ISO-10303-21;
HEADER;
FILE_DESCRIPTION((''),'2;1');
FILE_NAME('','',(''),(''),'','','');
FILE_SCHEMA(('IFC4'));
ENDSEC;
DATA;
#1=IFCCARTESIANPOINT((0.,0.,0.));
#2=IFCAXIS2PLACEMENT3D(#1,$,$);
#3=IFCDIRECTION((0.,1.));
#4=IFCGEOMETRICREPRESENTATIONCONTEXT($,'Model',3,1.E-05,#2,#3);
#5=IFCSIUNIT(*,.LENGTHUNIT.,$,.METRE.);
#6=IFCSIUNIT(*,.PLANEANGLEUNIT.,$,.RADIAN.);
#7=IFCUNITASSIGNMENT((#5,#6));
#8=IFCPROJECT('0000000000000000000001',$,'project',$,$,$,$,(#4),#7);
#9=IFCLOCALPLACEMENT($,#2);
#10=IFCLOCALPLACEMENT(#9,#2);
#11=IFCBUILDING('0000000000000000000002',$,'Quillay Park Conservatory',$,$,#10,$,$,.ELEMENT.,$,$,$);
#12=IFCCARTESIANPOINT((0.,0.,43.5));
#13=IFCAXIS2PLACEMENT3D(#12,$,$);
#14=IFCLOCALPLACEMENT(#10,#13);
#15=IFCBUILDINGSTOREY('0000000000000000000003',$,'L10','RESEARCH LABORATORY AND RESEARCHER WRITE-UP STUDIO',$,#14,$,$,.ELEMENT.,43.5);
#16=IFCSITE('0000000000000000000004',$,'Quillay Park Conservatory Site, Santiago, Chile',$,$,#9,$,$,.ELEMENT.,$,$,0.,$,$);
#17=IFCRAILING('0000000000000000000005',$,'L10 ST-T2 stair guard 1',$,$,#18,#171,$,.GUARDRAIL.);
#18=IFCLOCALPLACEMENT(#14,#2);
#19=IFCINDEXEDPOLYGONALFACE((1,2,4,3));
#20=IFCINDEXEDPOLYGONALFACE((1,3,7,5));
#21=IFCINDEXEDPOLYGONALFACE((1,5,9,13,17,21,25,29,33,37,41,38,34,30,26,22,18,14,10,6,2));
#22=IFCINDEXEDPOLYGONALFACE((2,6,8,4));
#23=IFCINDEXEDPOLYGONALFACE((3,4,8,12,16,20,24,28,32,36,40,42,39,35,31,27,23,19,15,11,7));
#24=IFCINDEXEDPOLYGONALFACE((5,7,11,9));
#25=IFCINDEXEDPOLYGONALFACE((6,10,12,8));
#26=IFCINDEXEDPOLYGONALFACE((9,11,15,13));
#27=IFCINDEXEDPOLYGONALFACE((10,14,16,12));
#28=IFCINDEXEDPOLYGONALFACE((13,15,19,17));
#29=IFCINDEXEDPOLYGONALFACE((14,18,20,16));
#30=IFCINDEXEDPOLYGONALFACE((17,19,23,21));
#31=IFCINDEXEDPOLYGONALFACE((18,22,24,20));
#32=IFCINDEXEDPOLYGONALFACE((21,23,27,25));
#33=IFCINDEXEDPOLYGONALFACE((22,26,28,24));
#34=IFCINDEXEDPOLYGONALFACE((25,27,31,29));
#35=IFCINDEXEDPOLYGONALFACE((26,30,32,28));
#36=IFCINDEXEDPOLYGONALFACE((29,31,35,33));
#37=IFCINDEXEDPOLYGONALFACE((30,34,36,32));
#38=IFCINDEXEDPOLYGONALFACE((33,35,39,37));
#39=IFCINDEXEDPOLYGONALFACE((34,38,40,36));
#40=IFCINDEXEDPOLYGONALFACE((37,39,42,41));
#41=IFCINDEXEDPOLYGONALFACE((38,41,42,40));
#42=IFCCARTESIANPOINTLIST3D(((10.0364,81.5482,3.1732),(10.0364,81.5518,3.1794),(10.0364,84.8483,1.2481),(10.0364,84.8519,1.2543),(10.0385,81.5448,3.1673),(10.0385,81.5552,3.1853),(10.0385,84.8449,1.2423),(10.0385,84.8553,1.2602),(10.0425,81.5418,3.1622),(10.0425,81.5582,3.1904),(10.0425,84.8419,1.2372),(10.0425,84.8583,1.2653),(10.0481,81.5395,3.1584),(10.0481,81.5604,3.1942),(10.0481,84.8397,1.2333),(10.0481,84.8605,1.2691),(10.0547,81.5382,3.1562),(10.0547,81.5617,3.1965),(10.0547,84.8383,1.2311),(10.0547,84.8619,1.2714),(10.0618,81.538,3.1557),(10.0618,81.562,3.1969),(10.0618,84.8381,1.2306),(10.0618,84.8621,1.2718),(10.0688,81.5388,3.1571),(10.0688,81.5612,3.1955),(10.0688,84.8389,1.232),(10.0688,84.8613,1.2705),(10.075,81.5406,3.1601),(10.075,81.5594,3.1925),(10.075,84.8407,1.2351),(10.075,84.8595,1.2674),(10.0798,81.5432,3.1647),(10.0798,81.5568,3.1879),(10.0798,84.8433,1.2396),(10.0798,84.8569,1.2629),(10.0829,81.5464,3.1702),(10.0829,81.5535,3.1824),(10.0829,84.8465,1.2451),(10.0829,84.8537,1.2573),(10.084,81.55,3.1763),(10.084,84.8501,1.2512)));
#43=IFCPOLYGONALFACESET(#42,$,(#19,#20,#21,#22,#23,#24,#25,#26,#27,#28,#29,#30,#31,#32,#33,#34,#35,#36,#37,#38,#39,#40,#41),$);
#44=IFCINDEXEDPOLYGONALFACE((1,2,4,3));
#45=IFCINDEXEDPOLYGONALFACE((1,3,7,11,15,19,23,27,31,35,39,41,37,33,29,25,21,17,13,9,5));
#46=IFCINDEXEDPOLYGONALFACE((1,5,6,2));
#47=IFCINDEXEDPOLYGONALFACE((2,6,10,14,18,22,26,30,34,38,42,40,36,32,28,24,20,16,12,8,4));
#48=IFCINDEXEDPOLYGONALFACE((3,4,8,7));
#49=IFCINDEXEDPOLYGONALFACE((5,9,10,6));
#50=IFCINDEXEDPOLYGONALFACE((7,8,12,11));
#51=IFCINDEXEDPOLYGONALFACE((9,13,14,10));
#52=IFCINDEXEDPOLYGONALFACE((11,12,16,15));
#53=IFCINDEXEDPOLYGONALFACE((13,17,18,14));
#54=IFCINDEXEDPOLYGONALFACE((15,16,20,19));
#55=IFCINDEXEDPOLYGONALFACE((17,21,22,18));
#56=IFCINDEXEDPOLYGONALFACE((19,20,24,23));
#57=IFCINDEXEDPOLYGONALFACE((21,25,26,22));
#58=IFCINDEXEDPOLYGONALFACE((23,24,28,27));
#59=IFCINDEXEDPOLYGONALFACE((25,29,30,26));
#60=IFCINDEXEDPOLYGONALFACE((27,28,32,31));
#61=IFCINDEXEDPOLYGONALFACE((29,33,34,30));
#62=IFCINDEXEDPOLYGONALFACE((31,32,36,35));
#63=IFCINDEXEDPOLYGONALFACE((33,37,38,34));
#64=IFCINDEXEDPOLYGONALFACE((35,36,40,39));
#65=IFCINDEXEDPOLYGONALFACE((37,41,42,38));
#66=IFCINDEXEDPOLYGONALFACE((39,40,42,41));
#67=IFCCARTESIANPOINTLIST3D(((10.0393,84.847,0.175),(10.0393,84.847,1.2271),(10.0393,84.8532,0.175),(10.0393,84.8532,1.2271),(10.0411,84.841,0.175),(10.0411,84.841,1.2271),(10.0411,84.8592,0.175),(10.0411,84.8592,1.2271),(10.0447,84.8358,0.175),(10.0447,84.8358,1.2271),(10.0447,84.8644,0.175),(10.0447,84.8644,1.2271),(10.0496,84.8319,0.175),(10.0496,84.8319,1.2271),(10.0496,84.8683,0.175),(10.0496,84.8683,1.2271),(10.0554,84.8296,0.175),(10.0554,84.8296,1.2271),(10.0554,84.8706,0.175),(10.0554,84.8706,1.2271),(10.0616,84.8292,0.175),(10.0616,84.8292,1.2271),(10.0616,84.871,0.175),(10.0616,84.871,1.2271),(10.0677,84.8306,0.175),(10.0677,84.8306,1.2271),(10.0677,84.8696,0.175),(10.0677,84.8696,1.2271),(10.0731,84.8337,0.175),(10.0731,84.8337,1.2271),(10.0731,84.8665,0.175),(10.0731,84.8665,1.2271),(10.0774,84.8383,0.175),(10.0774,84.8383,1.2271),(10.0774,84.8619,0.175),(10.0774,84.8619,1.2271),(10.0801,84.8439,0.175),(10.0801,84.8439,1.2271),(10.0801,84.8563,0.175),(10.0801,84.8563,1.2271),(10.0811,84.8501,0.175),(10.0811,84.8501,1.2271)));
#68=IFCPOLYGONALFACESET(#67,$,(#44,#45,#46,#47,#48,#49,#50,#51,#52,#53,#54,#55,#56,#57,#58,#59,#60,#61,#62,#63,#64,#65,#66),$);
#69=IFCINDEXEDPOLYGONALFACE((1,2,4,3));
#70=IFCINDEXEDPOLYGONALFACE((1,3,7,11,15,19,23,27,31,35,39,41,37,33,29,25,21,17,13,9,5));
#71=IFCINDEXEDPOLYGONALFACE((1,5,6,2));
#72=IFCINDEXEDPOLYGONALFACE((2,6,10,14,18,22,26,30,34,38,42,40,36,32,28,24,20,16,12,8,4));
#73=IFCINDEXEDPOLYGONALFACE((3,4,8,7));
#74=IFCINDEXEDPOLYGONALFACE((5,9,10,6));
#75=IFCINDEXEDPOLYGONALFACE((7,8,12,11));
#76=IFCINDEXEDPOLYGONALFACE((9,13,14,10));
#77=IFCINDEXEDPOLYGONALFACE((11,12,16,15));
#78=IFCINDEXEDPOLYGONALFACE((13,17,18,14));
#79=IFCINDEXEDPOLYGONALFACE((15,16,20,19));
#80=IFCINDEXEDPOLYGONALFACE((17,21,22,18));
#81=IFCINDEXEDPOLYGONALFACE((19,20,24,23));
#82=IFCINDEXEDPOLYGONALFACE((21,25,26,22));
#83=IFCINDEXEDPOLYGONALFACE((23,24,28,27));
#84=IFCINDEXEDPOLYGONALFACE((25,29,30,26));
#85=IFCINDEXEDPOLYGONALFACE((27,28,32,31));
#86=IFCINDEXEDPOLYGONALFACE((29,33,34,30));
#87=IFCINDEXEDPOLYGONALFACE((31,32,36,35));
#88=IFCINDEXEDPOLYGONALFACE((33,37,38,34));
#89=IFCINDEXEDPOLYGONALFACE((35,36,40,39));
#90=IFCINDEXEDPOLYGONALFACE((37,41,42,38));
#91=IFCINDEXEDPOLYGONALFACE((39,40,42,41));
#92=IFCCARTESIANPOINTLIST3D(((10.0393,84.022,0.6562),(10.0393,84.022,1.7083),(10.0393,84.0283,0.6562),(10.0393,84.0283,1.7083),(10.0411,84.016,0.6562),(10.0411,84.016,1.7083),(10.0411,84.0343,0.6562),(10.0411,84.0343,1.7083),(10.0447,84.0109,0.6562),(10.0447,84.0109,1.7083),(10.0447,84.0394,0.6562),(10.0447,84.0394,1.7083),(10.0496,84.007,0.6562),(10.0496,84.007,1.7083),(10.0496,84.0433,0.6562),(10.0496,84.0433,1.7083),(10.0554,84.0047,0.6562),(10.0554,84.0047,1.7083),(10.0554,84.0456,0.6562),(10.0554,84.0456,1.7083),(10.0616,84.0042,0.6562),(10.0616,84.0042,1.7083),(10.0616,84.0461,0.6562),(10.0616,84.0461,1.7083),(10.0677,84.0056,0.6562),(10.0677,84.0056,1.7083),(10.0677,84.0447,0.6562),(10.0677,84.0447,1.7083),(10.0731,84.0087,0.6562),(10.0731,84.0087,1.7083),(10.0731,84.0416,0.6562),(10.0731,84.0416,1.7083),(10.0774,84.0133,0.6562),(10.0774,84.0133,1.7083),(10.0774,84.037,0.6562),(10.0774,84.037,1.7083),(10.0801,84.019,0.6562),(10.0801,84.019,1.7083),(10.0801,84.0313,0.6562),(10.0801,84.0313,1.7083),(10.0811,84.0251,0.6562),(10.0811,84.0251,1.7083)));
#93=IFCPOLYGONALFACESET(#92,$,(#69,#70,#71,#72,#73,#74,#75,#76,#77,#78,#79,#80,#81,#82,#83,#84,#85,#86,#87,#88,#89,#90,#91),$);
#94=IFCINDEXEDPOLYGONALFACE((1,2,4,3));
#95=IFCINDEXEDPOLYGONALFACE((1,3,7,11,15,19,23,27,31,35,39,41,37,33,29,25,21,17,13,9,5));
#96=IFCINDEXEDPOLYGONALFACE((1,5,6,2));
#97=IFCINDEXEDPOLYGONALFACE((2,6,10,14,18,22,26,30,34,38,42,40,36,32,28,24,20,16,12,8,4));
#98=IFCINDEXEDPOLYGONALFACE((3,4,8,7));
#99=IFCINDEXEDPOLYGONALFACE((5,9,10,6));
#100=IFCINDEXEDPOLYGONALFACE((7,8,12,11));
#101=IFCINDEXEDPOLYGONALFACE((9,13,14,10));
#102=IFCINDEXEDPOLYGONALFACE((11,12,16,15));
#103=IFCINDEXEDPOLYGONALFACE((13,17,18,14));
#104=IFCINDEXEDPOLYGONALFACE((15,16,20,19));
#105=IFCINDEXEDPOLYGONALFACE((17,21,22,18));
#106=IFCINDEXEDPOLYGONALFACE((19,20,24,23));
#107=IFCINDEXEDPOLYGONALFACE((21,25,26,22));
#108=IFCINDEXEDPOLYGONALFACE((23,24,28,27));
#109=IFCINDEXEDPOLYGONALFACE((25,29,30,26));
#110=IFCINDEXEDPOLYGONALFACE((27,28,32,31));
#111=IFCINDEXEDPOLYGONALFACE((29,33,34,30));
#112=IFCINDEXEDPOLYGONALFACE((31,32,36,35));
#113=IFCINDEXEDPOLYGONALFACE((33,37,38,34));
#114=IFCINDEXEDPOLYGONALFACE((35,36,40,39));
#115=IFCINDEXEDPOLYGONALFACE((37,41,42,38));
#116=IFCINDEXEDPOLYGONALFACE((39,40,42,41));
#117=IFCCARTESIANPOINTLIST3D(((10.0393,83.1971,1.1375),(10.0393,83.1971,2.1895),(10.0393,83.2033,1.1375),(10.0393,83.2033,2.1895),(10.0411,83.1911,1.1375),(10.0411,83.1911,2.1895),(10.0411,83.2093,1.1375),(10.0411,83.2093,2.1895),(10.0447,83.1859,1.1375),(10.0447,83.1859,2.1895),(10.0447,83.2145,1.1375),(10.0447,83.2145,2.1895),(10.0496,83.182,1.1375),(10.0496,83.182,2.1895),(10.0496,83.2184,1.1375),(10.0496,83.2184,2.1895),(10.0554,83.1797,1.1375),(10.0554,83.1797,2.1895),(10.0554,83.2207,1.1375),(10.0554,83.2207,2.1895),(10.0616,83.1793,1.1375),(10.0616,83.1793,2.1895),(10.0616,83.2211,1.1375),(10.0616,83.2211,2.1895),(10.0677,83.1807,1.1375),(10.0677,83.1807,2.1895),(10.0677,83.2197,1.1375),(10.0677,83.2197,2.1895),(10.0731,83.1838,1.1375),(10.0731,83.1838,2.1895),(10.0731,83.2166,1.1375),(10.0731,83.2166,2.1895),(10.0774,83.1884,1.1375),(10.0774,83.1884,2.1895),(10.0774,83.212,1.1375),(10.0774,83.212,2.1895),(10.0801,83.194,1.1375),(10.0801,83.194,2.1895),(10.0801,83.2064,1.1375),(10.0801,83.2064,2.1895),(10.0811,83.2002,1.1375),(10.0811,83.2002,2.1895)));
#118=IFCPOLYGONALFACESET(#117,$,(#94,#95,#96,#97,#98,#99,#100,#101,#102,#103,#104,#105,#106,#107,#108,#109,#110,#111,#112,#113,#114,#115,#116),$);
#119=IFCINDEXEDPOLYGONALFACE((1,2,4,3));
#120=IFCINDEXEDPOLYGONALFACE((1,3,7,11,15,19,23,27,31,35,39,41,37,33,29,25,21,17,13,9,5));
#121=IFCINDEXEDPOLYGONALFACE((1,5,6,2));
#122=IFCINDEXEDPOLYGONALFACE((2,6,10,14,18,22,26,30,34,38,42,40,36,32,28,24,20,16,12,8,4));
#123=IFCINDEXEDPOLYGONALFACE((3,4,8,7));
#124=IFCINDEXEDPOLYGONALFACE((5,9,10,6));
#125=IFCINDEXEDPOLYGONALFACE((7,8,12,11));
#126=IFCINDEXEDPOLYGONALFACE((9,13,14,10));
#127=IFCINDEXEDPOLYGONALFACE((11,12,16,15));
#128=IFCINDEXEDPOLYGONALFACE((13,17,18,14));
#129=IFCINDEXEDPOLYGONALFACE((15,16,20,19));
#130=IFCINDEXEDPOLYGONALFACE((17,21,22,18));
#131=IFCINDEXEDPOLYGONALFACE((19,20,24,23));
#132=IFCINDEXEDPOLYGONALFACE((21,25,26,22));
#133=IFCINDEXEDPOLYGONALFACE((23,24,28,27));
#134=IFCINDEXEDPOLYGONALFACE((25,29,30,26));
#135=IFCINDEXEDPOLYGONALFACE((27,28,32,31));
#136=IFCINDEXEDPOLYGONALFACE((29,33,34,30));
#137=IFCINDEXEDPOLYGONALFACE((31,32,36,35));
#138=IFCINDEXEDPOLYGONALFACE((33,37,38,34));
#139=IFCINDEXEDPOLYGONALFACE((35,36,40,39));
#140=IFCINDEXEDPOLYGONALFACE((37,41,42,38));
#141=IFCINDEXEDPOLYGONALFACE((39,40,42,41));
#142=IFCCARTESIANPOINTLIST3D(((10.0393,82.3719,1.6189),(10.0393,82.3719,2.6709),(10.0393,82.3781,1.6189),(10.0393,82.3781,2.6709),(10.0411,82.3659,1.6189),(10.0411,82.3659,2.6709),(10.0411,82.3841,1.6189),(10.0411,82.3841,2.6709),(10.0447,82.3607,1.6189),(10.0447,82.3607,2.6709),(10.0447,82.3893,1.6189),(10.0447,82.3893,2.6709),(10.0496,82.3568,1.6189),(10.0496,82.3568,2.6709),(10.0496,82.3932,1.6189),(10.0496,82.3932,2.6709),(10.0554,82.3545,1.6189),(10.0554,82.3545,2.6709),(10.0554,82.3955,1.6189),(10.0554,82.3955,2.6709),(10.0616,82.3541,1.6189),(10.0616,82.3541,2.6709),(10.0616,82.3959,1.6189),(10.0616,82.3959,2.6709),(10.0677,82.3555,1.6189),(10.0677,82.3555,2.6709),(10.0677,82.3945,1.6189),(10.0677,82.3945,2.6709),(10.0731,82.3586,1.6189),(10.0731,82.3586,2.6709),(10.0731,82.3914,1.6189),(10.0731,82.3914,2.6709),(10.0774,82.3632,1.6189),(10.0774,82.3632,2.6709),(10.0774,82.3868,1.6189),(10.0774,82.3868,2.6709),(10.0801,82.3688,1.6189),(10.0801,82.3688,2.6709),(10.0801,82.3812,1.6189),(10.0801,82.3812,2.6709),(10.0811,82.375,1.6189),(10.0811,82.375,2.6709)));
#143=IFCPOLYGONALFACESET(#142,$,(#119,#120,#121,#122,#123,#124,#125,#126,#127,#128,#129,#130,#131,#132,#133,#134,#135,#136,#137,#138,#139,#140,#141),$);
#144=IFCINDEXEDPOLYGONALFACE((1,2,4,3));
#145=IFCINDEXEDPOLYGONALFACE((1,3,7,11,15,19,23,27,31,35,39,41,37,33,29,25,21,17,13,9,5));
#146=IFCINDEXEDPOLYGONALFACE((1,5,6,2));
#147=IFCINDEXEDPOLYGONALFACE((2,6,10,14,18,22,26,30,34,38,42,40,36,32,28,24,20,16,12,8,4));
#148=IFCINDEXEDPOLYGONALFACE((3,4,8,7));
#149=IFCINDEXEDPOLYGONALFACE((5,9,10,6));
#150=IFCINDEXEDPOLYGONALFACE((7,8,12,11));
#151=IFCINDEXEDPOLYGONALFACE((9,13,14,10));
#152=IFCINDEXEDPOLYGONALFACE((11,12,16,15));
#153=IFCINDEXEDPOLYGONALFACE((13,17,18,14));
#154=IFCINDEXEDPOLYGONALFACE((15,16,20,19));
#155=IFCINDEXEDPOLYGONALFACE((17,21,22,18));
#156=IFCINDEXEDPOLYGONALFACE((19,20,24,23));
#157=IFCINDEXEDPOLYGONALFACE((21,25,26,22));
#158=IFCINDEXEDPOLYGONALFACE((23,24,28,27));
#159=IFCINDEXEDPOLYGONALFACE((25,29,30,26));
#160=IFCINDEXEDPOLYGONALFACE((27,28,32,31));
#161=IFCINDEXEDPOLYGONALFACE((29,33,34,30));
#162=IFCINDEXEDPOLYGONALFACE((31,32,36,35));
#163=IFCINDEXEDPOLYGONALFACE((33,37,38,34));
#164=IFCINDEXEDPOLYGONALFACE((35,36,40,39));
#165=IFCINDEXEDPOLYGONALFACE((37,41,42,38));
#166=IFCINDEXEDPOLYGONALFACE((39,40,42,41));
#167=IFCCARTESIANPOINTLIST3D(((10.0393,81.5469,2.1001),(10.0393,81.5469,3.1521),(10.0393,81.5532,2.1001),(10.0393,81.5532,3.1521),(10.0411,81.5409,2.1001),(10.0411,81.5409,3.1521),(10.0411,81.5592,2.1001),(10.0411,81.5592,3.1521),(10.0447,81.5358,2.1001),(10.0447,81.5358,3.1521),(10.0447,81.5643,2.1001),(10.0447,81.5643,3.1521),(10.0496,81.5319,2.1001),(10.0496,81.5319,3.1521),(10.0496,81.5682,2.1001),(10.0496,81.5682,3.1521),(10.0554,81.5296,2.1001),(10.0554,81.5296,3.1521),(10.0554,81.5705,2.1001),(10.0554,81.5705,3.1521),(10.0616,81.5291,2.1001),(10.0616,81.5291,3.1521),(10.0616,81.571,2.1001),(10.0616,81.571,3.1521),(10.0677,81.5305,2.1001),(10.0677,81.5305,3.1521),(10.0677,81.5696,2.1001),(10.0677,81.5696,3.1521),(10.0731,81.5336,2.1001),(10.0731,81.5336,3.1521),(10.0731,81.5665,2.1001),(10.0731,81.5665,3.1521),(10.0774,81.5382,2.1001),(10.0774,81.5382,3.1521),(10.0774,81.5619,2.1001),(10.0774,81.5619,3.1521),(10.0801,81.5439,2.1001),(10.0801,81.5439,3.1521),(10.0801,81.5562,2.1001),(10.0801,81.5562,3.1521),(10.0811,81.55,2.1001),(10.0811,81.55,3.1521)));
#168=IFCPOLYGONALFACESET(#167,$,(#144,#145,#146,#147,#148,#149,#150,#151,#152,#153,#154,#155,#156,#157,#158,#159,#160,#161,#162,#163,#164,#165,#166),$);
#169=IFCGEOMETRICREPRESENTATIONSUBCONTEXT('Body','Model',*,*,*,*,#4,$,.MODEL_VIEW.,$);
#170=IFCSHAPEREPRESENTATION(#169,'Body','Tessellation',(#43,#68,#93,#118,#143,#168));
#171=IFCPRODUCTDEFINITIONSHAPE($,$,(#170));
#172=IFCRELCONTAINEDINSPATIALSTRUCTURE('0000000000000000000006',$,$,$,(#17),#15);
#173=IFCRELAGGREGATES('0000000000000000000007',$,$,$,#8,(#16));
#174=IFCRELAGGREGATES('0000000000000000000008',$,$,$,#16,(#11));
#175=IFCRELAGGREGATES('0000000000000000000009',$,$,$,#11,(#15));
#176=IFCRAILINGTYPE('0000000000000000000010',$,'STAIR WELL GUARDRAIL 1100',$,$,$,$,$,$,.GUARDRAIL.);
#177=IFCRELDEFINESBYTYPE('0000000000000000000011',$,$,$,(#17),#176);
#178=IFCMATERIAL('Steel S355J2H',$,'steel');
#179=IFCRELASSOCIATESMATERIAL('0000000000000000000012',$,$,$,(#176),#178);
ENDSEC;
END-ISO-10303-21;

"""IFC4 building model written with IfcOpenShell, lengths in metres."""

from ifc_helpers import new_model, si_unit, direction, frame, origin, origin_2d, place, context, subcontext, project, spatial, circle, extrude, material, type_object, element, save


model = new_model("IFC4")

# Units and contexts
model_context = context("Model", 3, precision=1e-05, world=origin(), true_north=direction((0.0, 1.0)))
body_context = subcontext(model_context, "Body", "Model", "MODEL_VIEW")
ifc_project = project(units=[si_unit("LENGTHUNIT", "METRE"), si_unit("PLANEANGLEUNIT", "RADIAN")], contexts=[model_context])

# Site, building, storey
site_placement = place(None, origin())
site = spatial("IfcSite", under=ifc_project, at=site_placement, Name="Quillay Park Conservatory Site, Santiago, Chile", CompositionType="ELEMENT", RefElevation=0.0)
building_placement = place(site_placement, origin())
building = spatial("IfcBuilding", under=site, at=building_placement, Name="Quillay Park Conservatory", CompositionType="ELEMENT")
storey_placement = place(building_placement, frame((0.0, 0.0, 43.5)))
storey = spatial("IfcBuildingStorey", under=building, at=storey_placement, Name="L10", Description="RESEARCH LABORATORY AND RESEARCHER WRITE-UP STUDIO", CompositionType="ELEMENT", Elevation=43.5)

# Railing
ifc_material_1 = material(Name="Steel S355J2H", Category="steel")
railing_type_1 = type_object("IfcRailingType", Name="STAIR WELL GUARDRAIL 1100", PredefinedType="GUARDRAIL", material=ifc_material_1)
railing_1_placement = place(storey_placement, frame((10.0601, 84.8501, 0.175)))
element("IfcRailing", 1, at=railing_1_placement, inside=storey, type_object=railing_type_1, Name="L10 ST-T2 stair guard 1", PredefinedType="GUARDRAIL", context=body_context, shape_type="SweptSolid", body=[
    extrude(circle(Radius=0.0239, at=origin_2d()), frame((0.0, 0.0, 1.0762), z_axis=(0.0, -0.863777, 0.503875), x_axis=(1.0, 0.0, 0.0)), (0.0, 0.0, 1.0), 3.8206),
    extrude(circle(Radius=0.021, at=origin_2d()), origin(), (0.0, 0.0, 1.0), 1.052),
    extrude(circle(Radius=0.021, at=origin_2d()), frame((0.0, -0.825, 0.4812)), (0.0, 0.0, 1.0), 1.052),
    extrude(circle(Radius=0.021, at=origin_2d()), frame((0.0, -1.6499, 0.9624)), (0.0, 0.0, 1.0), 1.052),
    extrude(circle(Radius=0.021, at=origin_2d()), frame((0.0, -2.4751, 1.4438)), (0.0, 0.0, 1.0), 1.052),
    extrude(circle(Radius=0.021, at=origin_2d()), frame((0.0, -3.3, 1.925)), (0.0, 0.0, 1.0), 1.052),
])

save(model, "model.ifc")
